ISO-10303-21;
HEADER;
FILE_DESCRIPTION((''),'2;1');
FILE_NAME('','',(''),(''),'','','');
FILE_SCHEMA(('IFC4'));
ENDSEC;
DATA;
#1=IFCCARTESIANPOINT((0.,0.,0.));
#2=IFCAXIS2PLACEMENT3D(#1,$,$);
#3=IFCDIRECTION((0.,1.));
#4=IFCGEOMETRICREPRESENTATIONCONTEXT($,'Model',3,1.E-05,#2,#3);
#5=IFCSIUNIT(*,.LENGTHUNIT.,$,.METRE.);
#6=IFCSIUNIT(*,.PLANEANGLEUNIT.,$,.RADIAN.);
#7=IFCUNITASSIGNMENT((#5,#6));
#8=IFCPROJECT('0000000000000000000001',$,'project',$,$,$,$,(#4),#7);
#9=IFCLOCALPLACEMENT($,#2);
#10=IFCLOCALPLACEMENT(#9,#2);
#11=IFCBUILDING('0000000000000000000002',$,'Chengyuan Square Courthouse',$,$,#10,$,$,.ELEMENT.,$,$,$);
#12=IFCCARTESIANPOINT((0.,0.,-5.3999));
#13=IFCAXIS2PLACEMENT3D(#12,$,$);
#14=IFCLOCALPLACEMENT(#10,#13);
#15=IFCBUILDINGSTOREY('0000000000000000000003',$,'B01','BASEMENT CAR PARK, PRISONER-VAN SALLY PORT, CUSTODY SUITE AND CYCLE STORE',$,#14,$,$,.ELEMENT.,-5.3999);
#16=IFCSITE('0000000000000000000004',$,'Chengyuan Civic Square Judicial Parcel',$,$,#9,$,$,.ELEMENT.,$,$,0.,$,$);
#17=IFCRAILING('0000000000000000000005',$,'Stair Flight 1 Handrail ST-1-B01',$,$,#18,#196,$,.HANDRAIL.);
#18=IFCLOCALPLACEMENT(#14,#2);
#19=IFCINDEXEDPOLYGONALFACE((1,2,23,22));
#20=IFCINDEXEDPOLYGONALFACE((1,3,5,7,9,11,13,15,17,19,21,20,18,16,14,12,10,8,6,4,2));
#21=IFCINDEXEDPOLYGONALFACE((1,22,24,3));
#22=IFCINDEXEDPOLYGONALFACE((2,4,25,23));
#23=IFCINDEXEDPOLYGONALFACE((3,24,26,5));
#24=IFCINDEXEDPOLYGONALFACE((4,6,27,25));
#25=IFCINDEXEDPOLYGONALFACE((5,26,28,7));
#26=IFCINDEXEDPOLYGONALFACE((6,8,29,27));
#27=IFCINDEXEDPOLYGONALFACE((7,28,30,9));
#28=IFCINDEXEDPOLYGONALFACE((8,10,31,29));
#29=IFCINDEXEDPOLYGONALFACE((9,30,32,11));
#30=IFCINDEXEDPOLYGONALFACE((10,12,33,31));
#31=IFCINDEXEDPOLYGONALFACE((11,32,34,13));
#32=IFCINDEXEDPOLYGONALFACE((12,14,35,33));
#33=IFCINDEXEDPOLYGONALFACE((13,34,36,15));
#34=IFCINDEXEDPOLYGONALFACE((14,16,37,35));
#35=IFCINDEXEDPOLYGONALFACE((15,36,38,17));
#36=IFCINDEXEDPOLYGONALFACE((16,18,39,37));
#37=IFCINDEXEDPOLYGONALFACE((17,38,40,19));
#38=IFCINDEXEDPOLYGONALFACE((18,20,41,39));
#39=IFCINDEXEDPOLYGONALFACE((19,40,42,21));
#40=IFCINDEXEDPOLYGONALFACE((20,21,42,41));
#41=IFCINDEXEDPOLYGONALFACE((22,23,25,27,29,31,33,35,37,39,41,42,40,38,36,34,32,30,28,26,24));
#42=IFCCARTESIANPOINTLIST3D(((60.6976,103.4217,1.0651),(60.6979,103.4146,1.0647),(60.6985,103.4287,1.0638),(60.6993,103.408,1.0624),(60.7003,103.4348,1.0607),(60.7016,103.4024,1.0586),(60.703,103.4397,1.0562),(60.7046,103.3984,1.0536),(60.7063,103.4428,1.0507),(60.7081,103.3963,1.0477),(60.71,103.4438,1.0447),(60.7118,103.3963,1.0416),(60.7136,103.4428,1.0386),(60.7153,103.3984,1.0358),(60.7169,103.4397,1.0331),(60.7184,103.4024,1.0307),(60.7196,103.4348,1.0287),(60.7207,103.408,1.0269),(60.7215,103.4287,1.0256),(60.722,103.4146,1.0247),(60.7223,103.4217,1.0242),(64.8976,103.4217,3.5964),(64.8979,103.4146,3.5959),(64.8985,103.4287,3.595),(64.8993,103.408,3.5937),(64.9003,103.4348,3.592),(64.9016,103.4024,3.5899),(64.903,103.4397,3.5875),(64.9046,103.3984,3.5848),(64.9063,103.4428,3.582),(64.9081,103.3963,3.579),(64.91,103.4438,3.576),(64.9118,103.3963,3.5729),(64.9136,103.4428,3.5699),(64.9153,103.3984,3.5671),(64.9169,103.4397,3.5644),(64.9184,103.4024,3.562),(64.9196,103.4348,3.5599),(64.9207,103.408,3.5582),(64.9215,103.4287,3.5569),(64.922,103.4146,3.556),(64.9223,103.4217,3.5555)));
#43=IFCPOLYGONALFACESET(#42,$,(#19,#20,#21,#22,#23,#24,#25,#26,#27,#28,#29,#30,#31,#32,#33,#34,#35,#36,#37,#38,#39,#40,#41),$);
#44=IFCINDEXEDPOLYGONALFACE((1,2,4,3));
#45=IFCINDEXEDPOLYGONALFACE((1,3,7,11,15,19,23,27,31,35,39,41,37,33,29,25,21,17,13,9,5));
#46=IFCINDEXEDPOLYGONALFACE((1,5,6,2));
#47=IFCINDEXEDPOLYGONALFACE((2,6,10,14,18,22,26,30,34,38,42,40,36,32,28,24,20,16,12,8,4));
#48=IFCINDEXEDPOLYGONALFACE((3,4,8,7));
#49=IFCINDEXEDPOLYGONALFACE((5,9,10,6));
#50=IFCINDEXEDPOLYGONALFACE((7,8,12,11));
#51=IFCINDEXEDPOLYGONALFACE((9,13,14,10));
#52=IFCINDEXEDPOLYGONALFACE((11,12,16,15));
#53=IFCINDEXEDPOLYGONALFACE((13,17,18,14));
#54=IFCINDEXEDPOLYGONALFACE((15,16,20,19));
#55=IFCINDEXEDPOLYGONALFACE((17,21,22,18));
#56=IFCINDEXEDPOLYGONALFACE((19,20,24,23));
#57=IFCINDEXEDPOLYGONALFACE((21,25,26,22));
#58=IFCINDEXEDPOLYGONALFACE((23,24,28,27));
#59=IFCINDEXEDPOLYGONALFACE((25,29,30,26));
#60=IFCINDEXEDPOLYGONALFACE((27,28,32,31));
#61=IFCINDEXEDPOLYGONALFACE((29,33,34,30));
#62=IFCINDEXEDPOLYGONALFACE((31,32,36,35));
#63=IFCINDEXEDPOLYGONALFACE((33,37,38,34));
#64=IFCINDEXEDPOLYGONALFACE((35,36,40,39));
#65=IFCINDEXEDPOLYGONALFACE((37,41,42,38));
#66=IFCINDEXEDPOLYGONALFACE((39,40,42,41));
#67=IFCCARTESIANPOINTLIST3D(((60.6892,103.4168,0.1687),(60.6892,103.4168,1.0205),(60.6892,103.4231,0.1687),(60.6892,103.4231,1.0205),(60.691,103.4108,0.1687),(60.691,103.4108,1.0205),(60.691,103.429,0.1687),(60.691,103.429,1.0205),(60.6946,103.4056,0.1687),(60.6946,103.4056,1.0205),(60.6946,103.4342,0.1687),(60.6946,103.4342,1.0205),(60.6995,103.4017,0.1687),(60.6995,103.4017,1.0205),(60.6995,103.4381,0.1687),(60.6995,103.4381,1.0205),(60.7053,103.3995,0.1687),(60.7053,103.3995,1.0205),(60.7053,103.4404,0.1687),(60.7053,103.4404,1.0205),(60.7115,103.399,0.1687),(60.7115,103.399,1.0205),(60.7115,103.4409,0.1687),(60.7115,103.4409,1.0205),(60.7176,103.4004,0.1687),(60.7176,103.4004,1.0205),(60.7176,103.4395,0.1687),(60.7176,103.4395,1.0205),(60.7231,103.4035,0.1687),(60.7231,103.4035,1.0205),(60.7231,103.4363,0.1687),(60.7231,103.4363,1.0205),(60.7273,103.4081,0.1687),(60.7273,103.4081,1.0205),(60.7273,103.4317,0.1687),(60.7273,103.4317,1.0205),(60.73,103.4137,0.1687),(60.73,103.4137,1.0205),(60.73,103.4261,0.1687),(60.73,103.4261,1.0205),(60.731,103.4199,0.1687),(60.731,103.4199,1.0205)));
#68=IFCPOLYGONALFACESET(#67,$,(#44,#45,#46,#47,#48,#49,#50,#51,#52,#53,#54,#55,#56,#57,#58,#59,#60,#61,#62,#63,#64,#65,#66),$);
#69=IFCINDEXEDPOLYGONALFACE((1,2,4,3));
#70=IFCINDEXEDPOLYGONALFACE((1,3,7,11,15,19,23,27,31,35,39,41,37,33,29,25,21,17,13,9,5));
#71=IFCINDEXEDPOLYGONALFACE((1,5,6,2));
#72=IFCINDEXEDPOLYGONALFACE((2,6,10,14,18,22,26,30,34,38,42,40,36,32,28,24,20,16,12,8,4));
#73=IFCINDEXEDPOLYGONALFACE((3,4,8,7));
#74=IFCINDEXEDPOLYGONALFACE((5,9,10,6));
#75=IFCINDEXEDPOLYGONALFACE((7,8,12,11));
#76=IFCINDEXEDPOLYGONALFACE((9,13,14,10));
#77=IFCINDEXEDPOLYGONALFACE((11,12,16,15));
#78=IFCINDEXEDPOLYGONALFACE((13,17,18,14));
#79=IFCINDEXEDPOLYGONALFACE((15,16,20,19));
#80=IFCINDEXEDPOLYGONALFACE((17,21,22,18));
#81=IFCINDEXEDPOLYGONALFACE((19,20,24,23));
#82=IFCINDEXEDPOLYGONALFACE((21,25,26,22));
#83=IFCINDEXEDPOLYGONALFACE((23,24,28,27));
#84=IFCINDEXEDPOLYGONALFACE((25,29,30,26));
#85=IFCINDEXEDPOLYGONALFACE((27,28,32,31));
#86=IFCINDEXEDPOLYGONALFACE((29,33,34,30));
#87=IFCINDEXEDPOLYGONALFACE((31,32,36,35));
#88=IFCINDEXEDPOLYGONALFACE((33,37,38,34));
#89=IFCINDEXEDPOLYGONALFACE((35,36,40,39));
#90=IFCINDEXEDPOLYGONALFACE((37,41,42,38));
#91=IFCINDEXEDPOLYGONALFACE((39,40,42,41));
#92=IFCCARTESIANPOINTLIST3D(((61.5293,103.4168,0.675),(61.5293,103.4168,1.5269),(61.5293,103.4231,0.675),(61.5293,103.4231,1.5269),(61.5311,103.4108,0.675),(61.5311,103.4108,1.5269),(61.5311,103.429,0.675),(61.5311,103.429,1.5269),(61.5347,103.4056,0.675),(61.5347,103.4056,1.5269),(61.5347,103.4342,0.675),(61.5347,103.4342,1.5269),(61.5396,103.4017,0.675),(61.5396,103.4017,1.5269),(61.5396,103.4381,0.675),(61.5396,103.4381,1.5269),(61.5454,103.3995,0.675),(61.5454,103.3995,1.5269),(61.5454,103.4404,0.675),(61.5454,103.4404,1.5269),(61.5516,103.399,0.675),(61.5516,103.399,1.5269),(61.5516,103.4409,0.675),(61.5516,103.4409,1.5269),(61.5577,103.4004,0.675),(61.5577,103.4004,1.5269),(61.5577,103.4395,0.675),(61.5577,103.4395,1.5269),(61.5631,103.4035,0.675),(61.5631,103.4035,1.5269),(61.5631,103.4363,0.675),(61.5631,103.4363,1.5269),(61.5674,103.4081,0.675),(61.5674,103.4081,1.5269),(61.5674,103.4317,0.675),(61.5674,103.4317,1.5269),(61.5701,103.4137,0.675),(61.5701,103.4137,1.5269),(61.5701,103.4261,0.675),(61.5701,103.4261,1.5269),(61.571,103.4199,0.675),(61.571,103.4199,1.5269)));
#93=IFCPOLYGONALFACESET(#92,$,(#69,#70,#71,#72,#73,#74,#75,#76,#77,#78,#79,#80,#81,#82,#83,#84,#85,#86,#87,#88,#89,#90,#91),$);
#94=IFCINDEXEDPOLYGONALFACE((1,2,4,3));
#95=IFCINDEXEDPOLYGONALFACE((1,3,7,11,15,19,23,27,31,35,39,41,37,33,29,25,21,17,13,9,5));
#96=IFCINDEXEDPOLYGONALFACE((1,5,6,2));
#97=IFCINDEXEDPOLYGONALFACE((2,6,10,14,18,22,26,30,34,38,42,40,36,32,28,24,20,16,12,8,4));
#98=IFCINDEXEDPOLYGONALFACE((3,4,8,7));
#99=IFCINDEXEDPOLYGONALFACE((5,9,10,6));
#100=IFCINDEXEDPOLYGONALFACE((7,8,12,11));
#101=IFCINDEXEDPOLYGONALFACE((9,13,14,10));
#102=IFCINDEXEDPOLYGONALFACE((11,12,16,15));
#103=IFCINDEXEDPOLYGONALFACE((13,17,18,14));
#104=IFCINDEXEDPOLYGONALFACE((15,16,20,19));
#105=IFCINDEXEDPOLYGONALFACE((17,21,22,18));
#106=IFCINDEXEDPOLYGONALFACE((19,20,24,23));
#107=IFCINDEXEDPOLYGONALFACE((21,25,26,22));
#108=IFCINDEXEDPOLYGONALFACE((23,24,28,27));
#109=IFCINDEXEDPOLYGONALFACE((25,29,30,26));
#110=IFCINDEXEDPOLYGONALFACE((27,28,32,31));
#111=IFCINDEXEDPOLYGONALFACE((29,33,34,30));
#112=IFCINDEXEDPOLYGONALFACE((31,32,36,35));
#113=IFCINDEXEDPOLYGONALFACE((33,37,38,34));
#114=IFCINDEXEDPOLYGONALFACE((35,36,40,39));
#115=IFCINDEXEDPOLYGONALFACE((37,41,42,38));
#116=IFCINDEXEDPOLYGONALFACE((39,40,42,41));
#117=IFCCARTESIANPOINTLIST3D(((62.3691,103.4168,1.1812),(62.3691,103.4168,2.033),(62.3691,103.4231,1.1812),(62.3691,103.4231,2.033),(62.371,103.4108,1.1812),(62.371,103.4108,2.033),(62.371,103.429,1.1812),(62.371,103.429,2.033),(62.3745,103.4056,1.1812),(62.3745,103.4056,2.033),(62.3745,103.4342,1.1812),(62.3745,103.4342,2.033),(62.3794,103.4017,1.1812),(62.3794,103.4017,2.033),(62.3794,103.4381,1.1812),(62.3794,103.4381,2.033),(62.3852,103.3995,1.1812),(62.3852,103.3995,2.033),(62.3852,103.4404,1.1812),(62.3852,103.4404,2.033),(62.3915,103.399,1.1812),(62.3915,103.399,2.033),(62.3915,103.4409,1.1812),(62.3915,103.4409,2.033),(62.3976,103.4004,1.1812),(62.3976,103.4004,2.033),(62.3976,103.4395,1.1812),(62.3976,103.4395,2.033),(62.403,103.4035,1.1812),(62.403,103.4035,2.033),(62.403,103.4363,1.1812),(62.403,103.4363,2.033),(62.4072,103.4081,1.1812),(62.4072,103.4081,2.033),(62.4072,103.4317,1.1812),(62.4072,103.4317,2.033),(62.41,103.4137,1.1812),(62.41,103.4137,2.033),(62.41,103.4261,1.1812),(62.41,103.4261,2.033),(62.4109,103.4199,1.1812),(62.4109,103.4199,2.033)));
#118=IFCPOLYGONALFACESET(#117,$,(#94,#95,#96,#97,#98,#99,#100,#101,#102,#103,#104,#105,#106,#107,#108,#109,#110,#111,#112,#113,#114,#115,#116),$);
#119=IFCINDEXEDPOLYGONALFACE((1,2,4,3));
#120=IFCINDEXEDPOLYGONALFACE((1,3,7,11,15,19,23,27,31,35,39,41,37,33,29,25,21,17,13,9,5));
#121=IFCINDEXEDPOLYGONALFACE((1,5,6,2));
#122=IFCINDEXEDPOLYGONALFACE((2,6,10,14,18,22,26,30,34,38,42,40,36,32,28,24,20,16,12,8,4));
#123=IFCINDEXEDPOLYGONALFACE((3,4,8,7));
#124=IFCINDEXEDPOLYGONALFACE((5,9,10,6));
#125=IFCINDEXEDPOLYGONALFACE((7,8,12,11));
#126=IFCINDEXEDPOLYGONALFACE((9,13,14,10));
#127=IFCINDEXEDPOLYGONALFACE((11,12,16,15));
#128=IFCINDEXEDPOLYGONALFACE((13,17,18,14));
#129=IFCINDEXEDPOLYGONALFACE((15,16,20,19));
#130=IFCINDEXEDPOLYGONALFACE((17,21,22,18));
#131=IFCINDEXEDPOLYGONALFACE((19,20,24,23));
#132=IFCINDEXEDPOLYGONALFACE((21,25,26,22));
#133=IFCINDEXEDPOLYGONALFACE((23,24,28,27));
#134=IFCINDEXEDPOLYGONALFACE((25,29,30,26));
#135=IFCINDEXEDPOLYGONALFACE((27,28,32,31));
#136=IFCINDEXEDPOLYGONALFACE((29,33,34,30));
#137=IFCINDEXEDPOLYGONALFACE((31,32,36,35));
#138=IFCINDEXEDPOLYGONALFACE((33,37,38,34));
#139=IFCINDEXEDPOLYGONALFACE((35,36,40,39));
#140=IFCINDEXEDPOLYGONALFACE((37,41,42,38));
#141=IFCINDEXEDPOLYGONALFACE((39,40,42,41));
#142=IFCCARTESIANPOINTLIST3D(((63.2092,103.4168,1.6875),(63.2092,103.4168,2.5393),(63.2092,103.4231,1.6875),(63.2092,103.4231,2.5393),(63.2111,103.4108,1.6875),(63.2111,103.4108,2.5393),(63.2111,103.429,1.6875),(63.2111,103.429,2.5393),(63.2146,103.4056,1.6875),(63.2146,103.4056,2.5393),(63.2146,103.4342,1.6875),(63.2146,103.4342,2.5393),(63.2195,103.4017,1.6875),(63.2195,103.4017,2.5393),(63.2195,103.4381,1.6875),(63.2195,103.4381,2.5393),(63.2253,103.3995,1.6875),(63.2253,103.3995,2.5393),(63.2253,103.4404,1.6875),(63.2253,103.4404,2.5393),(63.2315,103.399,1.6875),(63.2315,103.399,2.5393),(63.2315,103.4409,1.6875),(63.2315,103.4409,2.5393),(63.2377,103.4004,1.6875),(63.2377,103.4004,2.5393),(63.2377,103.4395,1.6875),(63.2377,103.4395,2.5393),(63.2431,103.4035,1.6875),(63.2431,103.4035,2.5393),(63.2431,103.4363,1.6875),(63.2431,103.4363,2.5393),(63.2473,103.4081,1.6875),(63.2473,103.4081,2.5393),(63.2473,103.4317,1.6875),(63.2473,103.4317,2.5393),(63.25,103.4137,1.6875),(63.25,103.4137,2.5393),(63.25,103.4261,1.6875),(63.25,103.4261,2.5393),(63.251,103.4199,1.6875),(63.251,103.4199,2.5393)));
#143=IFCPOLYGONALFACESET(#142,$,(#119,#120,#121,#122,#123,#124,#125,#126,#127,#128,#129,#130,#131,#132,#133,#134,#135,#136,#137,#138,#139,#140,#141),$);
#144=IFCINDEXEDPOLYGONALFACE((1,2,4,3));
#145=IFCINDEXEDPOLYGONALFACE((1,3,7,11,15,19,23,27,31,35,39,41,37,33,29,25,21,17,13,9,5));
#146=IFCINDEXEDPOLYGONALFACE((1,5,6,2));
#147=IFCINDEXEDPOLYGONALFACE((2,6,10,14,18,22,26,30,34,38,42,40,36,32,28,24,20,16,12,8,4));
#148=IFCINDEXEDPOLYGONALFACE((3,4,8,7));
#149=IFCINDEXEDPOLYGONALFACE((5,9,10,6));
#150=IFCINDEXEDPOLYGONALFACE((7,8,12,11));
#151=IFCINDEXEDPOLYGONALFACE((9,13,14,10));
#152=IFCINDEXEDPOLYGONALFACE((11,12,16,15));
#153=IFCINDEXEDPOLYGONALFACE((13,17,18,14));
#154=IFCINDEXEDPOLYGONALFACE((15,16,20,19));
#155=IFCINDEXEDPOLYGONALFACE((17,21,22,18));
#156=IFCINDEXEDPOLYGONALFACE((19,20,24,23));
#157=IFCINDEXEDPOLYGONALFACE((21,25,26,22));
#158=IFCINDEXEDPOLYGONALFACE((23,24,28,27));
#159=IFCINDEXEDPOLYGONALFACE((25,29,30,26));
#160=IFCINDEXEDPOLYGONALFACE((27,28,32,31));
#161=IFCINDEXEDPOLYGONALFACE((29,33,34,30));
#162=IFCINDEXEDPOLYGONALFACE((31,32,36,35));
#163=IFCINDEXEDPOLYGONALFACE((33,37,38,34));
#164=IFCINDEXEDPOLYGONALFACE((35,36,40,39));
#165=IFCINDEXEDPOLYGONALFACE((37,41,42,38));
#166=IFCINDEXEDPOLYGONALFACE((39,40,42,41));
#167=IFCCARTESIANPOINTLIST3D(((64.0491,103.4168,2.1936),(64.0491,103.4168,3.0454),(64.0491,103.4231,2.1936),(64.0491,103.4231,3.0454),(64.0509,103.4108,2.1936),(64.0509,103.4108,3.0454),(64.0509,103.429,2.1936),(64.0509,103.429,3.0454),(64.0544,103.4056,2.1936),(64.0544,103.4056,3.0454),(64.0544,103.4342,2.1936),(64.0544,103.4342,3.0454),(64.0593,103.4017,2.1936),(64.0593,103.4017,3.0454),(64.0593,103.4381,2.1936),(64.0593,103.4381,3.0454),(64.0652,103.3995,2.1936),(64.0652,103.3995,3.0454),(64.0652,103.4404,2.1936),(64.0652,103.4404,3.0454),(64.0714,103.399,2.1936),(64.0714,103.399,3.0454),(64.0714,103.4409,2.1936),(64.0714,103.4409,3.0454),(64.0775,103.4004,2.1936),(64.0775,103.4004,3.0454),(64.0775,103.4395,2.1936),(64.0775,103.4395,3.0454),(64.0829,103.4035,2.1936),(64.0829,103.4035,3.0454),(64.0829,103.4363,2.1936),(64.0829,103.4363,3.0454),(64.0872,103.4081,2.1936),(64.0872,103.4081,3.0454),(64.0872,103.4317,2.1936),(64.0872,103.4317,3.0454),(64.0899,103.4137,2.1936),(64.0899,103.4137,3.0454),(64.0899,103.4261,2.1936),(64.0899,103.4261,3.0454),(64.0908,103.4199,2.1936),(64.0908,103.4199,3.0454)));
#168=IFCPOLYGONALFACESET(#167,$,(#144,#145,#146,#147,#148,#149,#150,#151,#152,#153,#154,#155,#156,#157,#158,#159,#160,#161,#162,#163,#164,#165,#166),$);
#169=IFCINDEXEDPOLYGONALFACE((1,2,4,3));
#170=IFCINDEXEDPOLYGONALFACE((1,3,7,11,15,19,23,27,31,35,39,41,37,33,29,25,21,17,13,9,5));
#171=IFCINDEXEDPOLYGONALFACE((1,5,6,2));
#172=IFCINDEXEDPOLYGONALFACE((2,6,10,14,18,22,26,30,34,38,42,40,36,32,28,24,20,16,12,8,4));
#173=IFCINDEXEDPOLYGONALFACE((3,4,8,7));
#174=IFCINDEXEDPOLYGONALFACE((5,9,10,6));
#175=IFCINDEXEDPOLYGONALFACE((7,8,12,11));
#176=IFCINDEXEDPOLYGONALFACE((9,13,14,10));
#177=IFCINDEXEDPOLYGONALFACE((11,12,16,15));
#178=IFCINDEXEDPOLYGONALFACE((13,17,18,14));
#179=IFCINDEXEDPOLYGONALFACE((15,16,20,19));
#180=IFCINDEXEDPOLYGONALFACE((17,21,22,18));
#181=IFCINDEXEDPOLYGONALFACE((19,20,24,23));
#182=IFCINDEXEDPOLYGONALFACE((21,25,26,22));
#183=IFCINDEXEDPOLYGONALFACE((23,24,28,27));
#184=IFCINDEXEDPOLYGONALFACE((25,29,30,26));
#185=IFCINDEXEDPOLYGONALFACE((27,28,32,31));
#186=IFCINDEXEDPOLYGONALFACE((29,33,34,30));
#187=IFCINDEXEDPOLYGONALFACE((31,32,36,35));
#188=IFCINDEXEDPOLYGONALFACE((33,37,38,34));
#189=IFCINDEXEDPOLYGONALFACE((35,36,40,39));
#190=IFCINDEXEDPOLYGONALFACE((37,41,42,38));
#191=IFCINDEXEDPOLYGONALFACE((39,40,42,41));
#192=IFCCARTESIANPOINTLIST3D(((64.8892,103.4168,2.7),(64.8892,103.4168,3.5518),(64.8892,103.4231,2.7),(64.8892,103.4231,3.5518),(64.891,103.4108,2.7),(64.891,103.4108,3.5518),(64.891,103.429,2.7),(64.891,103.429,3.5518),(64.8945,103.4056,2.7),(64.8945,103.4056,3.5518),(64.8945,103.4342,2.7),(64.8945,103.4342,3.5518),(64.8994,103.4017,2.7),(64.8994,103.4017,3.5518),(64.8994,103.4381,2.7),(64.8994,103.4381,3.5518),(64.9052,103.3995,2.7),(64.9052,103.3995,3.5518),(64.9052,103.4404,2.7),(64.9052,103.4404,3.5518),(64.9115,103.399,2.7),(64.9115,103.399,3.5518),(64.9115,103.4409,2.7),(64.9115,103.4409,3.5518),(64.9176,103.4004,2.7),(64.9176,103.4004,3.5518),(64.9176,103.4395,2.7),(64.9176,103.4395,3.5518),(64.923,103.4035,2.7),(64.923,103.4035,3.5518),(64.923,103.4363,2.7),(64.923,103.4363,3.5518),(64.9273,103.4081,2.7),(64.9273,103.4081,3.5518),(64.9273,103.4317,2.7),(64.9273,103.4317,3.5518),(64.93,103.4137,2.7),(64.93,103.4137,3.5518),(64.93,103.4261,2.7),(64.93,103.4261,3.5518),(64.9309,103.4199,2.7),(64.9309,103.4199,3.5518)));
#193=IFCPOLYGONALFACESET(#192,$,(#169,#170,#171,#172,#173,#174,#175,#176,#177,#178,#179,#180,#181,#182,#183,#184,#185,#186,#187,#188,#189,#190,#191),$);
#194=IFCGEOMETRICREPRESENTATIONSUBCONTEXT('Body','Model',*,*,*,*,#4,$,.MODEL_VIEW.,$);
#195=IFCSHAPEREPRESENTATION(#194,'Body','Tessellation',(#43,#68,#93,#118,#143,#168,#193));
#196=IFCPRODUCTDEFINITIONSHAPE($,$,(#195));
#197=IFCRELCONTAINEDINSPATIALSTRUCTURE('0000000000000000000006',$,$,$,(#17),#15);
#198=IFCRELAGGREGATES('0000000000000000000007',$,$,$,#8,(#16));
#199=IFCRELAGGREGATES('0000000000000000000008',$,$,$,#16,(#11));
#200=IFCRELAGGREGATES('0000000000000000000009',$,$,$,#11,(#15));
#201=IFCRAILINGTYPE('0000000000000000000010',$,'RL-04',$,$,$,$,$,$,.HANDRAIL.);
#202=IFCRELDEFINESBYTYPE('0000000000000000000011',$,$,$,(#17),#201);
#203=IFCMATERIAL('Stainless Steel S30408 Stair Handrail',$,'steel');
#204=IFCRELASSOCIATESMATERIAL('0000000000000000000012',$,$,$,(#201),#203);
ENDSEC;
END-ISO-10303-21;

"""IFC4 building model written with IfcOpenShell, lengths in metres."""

from ifc_helpers import new_model, si_unit, direction, frame, origin, origin_2d, place, context, subcontext, project, spatial, circle, extrude, material, type_object, element, save


model = new_model("IFC4")

# Units and contexts
model_context = context("Model", 3, precision=1e-05, world=origin(), true_north=direction((0.0, 1.0)))
body_context = subcontext(model_context, "Body", "Model", "MODEL_VIEW")
ifc_project = project(units=[si_unit("LENGTHUNIT", "METRE"), si_unit("PLANEANGLEUNIT", "RADIAN")], contexts=[model_context])

# Site, building, storey
site_placement = place(None, origin())
site = spatial("IfcSite", under=ifc_project, at=site_placement, Name="Chengyuan Civic Square Judicial Parcel", CompositionType="ELEMENT", RefElevation=0.0)
building_placement = place(site_placement, origin())
building = spatial("IfcBuilding", under=site, at=building_placement, Name="Chengyuan Square Courthouse", CompositionType="ELEMENT")
storey_placement = place(building_placement, frame((0.0, 0.0, -5.3999)))
storey = spatial("IfcBuildingStorey", under=building, at=storey_placement, Name="B01", Description="BASEMENT CAR PARK, PRISONER-VAN SALLY PORT, CUSTODY SUITE AND CYCLE STORE", CompositionType="ELEMENT", Elevation=-5.3999)

# Railing
ifc_material_1 = material(Name="Stainless Steel S30408 Stair Handrail", Category="steel")
railing_type = type_object("IfcRailingType", Name="RL-04", PredefinedType="HANDRAIL", material=ifc_material_1)
railing_placement = place(storey_placement, frame((60.71, 103.4199, 0.1687)))
element("IfcRailing", 1, at=railing_placement, inside=storey, type_object=railing_type, Name="Stair Flight 1 Handrail ST-1-B01", PredefinedType="HANDRAIL", context=body_context, shape_type="SweptSolid", body=[
    extrude(circle(Radius=0.0239, at=origin_2d()), frame((0.0, 0.0, 0.876), z_axis=(0.856476, 0.0, 0.516186), x_axis=(0.0, 1.0, 0.0)), (0.0, 0.0, 1.0), 4.9038),
    extrude(circle(Radius=0.021, at=origin_2d()), origin(), (0.0, 0.0, 1.0), 0.8518),
    extrude(circle(Radius=0.021, at=origin_2d()), frame((0.8401, 0.0, 0.5063)), (0.0, 0.0, 1.0), 0.8518),
    extrude(circle(Radius=0.021, at=origin_2d()), frame((1.6799, 0.0, 1.0125)), (0.0, 0.0, 1.0), 0.8518),
    extrude(circle(Radius=0.021, at=origin_2d()), frame((2.52, 0.0, 1.5188)), (0.0, 0.0, 1.0), 0.8518),
    extrude(circle(Radius=0.021, at=origin_2d()), frame((3.3599, 0.0, 2.0249)), (0.0, 0.0, 1.0), 0.8518),
    extrude(circle(Radius=0.021, at=origin_2d()), frame((4.2, 0.0, 2.5312)), (0.0, 0.0, 1.0), 0.8518),
])

save(model, "model.ifc")
